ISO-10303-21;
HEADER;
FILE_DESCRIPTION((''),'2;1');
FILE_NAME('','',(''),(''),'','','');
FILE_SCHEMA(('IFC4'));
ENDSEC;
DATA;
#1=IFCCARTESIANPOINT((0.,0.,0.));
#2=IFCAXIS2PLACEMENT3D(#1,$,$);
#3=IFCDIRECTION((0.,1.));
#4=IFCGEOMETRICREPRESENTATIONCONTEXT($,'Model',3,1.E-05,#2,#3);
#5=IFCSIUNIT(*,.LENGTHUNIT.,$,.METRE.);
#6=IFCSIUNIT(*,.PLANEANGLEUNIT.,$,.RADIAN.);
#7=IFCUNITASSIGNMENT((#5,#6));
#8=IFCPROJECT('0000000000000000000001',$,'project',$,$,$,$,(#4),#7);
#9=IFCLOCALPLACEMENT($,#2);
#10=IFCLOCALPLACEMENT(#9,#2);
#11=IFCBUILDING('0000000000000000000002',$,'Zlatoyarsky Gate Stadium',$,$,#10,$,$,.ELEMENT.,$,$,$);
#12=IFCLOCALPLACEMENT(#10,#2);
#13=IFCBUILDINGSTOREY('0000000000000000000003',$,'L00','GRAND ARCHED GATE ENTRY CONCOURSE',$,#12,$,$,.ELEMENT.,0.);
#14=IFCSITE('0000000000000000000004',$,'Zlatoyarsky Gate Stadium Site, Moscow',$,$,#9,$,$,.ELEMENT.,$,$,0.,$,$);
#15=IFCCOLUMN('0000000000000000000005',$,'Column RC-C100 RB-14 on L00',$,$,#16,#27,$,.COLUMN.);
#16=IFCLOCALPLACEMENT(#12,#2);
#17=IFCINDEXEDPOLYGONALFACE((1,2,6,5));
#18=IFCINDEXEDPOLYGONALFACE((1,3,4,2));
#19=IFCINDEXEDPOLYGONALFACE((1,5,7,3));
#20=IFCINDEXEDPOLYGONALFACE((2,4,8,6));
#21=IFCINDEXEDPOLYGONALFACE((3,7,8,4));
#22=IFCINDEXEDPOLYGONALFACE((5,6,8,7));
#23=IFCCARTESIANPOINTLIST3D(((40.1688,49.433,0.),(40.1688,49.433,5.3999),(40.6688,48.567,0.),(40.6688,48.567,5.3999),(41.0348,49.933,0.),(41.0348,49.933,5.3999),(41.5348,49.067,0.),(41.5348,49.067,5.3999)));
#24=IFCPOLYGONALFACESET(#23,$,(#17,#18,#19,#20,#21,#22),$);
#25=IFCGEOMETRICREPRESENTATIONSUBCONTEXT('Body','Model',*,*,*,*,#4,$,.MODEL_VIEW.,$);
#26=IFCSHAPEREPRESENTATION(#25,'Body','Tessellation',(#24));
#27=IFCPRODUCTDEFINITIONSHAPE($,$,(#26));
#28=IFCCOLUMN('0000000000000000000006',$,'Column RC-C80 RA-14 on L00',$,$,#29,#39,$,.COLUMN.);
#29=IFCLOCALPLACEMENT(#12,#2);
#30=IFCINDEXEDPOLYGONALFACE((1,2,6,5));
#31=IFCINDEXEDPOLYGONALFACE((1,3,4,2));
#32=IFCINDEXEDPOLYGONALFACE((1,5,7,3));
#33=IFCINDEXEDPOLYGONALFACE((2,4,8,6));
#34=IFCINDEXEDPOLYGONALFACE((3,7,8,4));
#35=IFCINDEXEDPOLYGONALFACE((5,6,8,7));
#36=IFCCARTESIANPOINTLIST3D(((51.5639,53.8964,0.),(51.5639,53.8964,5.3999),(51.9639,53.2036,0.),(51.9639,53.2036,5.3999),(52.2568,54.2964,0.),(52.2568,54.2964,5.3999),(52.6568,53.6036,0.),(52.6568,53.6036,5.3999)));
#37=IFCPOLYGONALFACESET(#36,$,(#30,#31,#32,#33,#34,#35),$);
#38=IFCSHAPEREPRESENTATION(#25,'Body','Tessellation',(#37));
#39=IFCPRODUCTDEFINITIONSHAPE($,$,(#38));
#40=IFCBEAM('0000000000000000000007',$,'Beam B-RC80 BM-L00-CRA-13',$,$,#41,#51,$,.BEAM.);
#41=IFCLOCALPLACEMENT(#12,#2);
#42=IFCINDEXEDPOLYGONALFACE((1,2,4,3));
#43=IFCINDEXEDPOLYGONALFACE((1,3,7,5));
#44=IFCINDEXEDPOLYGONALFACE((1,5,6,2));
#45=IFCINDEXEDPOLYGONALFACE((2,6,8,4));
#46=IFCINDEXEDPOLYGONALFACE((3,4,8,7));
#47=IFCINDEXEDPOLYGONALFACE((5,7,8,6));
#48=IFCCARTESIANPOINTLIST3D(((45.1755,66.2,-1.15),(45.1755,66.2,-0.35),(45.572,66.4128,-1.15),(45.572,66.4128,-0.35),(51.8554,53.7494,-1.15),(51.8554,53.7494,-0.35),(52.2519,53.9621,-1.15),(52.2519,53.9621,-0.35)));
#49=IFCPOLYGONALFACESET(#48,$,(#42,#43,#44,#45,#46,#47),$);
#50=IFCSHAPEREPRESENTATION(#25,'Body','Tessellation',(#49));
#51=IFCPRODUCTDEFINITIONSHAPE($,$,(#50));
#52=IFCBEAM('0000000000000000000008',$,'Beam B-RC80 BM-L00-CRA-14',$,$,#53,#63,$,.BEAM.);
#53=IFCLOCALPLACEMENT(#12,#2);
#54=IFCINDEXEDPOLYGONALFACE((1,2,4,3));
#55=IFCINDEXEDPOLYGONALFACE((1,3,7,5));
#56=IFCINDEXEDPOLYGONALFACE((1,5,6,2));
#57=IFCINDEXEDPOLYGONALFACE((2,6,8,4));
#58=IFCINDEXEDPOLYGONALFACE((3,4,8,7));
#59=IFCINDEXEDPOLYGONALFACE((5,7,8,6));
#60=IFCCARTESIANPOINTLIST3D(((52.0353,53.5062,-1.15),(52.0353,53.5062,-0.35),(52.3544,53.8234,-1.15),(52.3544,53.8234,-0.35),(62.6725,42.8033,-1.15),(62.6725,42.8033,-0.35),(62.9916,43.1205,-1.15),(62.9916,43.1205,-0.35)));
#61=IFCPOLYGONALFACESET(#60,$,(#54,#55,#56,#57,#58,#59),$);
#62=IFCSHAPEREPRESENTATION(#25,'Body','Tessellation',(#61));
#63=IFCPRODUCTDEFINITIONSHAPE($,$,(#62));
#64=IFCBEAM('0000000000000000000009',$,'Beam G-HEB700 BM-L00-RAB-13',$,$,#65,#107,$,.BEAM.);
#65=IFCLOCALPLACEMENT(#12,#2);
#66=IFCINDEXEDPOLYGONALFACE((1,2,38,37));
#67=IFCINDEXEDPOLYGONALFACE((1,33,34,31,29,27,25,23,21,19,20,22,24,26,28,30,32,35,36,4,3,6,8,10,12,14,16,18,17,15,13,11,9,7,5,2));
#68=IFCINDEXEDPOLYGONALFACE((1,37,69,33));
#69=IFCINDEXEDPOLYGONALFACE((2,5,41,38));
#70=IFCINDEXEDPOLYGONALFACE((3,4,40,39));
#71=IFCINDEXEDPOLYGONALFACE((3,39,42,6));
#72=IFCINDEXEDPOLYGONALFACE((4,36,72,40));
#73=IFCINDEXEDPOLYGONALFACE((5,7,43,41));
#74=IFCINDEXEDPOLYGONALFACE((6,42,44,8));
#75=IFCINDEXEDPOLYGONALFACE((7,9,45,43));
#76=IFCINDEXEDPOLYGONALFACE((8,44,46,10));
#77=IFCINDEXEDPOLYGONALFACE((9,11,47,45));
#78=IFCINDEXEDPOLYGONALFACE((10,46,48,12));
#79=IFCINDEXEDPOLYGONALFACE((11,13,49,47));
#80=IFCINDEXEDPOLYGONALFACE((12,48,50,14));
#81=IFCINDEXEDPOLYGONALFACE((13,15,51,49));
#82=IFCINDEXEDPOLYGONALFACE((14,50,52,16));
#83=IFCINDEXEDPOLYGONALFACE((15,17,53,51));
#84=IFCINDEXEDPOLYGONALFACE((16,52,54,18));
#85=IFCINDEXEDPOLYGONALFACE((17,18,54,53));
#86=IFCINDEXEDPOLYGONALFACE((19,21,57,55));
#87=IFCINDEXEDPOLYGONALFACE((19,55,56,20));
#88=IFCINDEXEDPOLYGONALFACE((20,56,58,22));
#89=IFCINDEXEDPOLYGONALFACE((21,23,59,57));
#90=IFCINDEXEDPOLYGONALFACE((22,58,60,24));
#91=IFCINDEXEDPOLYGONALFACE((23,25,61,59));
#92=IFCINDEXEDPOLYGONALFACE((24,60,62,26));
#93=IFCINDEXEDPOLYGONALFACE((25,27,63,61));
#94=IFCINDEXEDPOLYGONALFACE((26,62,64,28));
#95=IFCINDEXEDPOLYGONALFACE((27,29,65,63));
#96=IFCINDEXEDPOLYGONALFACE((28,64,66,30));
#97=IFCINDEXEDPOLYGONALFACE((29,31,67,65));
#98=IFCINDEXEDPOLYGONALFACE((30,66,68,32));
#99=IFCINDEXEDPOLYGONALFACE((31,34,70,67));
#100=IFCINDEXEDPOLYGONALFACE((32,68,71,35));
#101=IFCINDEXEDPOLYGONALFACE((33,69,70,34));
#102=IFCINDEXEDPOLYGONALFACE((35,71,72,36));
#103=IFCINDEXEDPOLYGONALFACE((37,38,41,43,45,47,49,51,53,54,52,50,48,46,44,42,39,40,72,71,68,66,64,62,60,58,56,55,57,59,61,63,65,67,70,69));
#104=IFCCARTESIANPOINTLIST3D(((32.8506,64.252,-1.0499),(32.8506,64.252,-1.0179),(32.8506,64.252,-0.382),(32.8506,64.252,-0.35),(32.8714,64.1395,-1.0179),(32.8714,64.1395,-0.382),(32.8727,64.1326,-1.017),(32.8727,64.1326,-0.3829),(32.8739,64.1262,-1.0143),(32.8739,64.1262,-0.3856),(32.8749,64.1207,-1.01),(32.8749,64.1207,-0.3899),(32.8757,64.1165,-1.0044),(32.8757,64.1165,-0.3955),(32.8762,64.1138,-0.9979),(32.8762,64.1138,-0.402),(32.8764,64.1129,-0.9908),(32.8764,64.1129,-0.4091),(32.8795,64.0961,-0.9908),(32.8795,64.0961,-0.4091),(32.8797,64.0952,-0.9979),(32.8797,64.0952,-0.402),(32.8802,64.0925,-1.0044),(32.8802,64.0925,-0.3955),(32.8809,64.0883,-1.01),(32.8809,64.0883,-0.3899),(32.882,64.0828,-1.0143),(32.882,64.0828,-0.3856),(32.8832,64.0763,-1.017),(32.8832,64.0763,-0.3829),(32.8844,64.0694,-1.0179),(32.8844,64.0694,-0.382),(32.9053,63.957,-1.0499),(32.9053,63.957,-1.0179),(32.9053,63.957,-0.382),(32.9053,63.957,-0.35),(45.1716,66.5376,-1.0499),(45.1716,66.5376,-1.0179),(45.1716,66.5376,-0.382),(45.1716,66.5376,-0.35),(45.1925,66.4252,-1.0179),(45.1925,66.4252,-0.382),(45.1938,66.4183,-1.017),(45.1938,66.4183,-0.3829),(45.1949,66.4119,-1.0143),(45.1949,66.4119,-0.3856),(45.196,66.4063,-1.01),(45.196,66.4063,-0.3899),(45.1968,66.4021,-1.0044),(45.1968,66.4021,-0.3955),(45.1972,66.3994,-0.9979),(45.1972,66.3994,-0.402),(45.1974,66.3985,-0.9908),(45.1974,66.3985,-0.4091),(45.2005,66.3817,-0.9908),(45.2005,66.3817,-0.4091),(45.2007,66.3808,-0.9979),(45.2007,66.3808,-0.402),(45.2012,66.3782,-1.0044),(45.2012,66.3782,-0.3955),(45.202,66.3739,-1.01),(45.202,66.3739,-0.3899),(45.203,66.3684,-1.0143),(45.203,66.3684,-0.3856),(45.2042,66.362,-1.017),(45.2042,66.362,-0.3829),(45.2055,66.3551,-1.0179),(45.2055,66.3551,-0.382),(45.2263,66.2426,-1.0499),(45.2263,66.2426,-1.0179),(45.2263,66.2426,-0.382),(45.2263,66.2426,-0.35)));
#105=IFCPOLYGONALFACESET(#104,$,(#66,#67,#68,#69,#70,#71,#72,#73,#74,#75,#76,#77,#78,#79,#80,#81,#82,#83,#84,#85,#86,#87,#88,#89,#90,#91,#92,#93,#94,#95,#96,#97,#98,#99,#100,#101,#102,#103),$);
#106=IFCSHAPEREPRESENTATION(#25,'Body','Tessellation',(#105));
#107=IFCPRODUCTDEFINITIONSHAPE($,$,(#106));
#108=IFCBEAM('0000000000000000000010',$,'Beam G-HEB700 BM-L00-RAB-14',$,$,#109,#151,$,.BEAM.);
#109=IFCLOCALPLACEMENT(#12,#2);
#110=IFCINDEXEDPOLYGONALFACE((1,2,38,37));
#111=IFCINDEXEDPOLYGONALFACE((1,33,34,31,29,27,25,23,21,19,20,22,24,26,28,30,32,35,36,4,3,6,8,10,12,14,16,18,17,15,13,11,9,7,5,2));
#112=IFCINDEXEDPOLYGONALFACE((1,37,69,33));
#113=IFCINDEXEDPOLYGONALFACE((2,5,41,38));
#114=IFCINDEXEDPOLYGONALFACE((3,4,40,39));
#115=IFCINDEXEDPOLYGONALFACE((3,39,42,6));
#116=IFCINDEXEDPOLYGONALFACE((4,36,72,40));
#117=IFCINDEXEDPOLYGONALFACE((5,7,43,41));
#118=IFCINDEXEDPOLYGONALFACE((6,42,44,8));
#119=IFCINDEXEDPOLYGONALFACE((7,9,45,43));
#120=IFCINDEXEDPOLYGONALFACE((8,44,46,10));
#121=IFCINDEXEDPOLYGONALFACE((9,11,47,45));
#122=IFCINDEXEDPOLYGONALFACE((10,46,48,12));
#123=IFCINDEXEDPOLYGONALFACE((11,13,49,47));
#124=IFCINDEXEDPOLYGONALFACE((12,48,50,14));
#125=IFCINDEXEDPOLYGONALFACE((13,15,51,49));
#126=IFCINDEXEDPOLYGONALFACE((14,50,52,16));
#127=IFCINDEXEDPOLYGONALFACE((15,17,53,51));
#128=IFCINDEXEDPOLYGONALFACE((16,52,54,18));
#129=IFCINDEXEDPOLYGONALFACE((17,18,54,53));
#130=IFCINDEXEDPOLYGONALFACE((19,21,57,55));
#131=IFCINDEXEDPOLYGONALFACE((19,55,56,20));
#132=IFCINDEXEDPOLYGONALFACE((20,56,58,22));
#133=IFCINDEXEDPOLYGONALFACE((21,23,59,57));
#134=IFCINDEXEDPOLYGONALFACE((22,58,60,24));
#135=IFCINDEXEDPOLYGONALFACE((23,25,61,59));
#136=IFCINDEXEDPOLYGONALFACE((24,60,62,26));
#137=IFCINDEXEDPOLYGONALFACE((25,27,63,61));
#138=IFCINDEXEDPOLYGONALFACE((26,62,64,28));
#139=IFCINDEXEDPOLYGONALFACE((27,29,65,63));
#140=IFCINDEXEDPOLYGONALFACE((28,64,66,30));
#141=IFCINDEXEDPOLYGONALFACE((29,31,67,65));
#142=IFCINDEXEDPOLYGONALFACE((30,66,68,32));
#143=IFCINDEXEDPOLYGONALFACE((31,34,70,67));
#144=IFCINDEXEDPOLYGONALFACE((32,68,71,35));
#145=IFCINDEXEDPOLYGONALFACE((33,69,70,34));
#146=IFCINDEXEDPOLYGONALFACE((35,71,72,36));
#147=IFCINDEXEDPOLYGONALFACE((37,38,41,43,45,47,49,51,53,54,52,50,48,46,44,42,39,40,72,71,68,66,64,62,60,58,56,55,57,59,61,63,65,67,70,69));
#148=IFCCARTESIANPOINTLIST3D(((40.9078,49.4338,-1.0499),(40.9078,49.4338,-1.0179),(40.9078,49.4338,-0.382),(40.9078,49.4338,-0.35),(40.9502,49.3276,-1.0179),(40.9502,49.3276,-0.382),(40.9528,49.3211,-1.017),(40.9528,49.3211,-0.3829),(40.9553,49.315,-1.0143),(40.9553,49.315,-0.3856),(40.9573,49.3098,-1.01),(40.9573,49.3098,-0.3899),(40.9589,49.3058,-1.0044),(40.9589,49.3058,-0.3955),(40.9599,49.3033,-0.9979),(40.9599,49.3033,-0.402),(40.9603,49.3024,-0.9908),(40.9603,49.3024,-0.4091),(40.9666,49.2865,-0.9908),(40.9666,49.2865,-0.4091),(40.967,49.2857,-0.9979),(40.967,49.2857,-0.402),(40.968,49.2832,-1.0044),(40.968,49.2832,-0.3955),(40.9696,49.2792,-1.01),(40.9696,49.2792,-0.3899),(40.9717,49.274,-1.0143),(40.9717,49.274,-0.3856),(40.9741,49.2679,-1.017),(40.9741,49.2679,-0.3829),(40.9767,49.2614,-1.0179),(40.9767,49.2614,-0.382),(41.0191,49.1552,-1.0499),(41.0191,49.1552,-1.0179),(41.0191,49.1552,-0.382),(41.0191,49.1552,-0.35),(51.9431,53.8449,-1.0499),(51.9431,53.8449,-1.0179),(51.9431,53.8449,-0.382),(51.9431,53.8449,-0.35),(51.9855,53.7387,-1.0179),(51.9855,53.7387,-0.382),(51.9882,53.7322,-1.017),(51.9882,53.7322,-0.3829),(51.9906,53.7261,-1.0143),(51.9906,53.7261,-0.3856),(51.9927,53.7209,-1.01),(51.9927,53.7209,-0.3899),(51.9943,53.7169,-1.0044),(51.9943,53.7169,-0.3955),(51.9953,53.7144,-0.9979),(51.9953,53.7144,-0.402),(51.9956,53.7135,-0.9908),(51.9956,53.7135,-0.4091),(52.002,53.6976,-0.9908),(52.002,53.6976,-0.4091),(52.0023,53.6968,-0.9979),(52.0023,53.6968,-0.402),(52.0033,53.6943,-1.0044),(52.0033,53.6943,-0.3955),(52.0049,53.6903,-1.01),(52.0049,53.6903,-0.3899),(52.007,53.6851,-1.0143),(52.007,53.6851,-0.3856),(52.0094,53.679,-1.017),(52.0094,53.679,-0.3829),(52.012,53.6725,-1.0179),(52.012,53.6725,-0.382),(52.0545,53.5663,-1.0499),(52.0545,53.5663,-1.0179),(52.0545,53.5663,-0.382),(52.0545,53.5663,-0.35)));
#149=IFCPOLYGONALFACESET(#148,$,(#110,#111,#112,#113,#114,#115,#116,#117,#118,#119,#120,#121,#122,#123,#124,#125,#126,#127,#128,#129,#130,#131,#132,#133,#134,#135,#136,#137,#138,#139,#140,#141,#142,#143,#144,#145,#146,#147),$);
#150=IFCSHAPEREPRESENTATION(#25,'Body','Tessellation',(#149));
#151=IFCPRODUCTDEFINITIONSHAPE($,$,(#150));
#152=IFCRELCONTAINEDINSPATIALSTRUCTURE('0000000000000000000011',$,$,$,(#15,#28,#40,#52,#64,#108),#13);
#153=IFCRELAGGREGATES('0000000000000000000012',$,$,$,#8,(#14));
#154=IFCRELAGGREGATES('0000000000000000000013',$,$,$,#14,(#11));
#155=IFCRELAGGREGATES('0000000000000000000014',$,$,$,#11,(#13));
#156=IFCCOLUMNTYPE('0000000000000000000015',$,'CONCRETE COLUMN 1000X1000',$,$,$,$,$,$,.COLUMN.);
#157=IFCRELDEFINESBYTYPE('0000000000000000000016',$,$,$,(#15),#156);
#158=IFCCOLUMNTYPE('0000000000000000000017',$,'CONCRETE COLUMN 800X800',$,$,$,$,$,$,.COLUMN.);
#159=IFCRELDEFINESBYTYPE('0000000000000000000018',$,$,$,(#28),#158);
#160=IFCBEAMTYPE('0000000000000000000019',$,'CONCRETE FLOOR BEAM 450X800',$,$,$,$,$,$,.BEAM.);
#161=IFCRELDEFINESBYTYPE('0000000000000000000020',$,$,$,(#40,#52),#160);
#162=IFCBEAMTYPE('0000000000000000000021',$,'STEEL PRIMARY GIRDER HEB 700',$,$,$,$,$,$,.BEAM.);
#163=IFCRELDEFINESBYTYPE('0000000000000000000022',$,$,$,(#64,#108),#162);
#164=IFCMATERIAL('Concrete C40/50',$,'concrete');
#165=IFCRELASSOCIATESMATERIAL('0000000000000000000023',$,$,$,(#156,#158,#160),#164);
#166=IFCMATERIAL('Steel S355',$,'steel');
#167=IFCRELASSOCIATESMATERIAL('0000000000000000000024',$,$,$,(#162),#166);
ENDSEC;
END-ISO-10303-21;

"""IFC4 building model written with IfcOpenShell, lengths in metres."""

from ifc_helpers import new_model, si_unit, direction, frame, origin, origin_2d, place, context, subcontext, project, spatial, rectangle, i_section, extrude, material, material_profile, profile_set, type_object, element, save


model = new_model("IFC4")

# Units and contexts
model_context = context("Model", 3, precision=1e-05, world=origin(), true_north=direction((0.0, 1.0)))
body_context = subcontext(model_context, "Body", "Model", "MODEL_VIEW")
ifc_project = project(units=[si_unit("LENGTHUNIT", "METRE"), si_unit("PLANEANGLEUNIT", "RADIAN")], contexts=[model_context])

# Site, building, storey
site_placement = place(None, origin())
site = spatial("IfcSite", under=ifc_project, at=site_placement, Name="Zlatoyarsky Gate Stadium Site, Moscow", CompositionType="ELEMENT", RefElevation=0.0)
building_placement = place(site_placement, origin())
building = spatial("IfcBuilding", under=site, at=building_placement, Name="Zlatoyarsky Gate Stadium", CompositionType="ELEMENT")
storey_placement = place(building_placement, origin())
storey = spatial("IfcBuildingStorey", under=building, at=storey_placement, Name="L00", Description="GRAND ARCHED GATE ENTRY CONCOURSE", CompositionType="ELEMENT", Elevation=0.0)

# Columns
ifc_material_1 = material(Name="Concrete C40/50", Category="concrete")
ifc_material_profile_1 = material_profile(ifc_material_1, rectangle(XDim=1.0, YDim=1.0, at=origin_2d()), Name="RC COL 1000X1000")
ifc_profile_set_1 = profile_set([ifc_material_profile_1], Name="Concrete C40/50")
column_type_1 = type_object("IfcColumnType", Name="CONCRETE COLUMN 1000X1000", PredefinedType="COLUMN", material=ifc_profile_set_1)
column_1_placement = place(storey_placement, frame((40.8518, 49.25, 0.0), z_axis=(0.0, 0.0, 1.0), x_axis=(-0.866025, -0.5, 0.0)))
element("IfcColumn", 1, at=column_1_placement, inside=storey, type_object=column_type_1, Name="Column RC-C100 RB-14 on L00", PredefinedType="COLUMN", context=body_context, shape_type="SweptSolid", body=[
    extrude(rectangle(XDim=1.0, YDim=1.0, at=origin_2d()), origin(), (0.0, 0.0, 1.0), 5.3999),
])
ifc_material_profile_2 = material_profile(ifc_material_1, rectangle(XDim=0.8, YDim=0.8, at=origin_2d()), Name="RC COL 800X800")
ifc_profile_set_2 = profile_set([ifc_material_profile_2], Name="Concrete C40/50")
column_type_2 = type_object("IfcColumnType", Name="CONCRETE COLUMN 800X800", PredefinedType="COLUMN", material=ifc_profile_set_2)
column_2_placement = place(storey_placement, frame((52.1104, 53.75, 0.0), z_axis=(0.0, 0.0, 1.0), x_axis=(-0.866025, -0.5, 0.0)))
element("IfcColumn", 2, at=column_2_placement, inside=storey, type_object=column_type_2, Name="Column RC-C80 RA-14 on L00", PredefinedType="COLUMN", context=body_context, shape_type="SweptSolid", body=[
    extrude(rectangle(XDim=0.8, YDim=0.8, at=origin_2d()), origin(), (0.0, 0.0, 1.0), 5.3999),
])

# Beams
ifc_material_profile_3 = material_profile(ifc_material_1, rectangle(XDim=0.45, YDim=0.8, at=origin_2d()), Name="RC BEAM 450X800")
ifc_profile_set_3 = profile_set([ifc_material_profile_3], Name="Concrete C40/50")
beam_type_1 = type_object("IfcBeamType", Name="CONCRETE FLOOR BEAM 450X800", PredefinedType="BEAM", material=ifc_profile_set_3)
beam_1_placement = place(storey_placement, frame((45.3738, 66.3064, -0.75), z_axis=(0.472767, -0.881187, 0.0), x_axis=(0.881187, 0.472767, 0.0)))
element("IfcBeam", 3, at=beam_1_placement, inside=storey, type_object=beam_type_1, Name="Beam B-RC80 BM-L00-CRA-13", PredefinedType="BEAM", context=body_context, shape_type="SweptSolid", body=[
    extrude(rectangle(XDim=0.45, YDim=0.8, at=origin_2d()), origin(), (0.0, 0.0, 1.0), 14.1294),
])
beam_2_placement = place(storey_placement, frame((52.1948, 53.6648, -0.75), z_axis=(0.704927, -0.70928, 0.0), x_axis=(0.70928, 0.704927, 0.0)))
element("IfcBeam", 4, at=beam_2_placement, inside=storey, type_object=beam_type_1, Name="Beam B-RC80 BM-L00-CRA-14", PredefinedType="BEAM", context=body_context, shape_type="SweptSolid", body=[
    extrude(rectangle(XDim=0.45, YDim=0.8, at=origin_2d()), origin(), (0.0, 0.0, 1.0), 15.0898),
])
ifc_material_2 = material(Name="Steel S355", Category="steel")
ifc_material_profile_4 = material_profile(ifc_material_2, i_section(OverallWidth=0.3, OverallDepth=0.7, WebThickness=0.0171, FlangeThickness=0.032, FilletRadius=0.0271, at=origin_2d()), Name="HEB 700")
ifc_profile_set_4 = profile_set([ifc_material_profile_4], Name="Steel S355")
beam_type_2 = type_object("IfcBeamType", Name="STEEL PRIMARY GIRDER HEB 700", PredefinedType="BEAM", material=ifc_profile_set_4)
beam_3_placement = place(storey_placement, frame((45.199, 66.3901, -0.7), z_axis=(-0.983225, -0.182396, 0.0), x_axis=(0.182396, -0.983225, 0.0)))
element("IfcBeam", 5, at=beam_3_placement, inside=storey, type_object=beam_type_2, Name="Beam G-HEB700 BM-L00-RAB-13", PredefinedType="BEAM", context=body_context, shape_type="SweptSolid", body=[
    extrude(i_section(OverallWidth=0.3, OverallDepth=0.7, WebThickness=0.0171, FlangeThickness=0.032, FilletRadius=0.0271, at=origin_2d()), origin(), (0.0, 0.0, 1.0), 12.5312),
])
beam_4_placement = place(storey_placement, frame((51.9988, 53.7056, -0.7), z_axis=(-0.928565, -0.371171, 0.0), x_axis=(0.371171, -0.928565, 0.0)))
element("IfcBeam", 6, at=beam_4_placement, inside=storey, type_object=beam_type_2, Name="Beam G-HEB700 BM-L00-RAB-14", PredefinedType="BEAM", context=body_context, shape_type="SweptSolid", body=[
    extrude(i_section(OverallWidth=0.3, OverallDepth=0.7, WebThickness=0.0171, FlangeThickness=0.032, FilletRadius=0.0271, at=origin_2d()), origin(), (0.0, 0.0, 1.0), 11.8843),
])

save(model, "model.ifc")
